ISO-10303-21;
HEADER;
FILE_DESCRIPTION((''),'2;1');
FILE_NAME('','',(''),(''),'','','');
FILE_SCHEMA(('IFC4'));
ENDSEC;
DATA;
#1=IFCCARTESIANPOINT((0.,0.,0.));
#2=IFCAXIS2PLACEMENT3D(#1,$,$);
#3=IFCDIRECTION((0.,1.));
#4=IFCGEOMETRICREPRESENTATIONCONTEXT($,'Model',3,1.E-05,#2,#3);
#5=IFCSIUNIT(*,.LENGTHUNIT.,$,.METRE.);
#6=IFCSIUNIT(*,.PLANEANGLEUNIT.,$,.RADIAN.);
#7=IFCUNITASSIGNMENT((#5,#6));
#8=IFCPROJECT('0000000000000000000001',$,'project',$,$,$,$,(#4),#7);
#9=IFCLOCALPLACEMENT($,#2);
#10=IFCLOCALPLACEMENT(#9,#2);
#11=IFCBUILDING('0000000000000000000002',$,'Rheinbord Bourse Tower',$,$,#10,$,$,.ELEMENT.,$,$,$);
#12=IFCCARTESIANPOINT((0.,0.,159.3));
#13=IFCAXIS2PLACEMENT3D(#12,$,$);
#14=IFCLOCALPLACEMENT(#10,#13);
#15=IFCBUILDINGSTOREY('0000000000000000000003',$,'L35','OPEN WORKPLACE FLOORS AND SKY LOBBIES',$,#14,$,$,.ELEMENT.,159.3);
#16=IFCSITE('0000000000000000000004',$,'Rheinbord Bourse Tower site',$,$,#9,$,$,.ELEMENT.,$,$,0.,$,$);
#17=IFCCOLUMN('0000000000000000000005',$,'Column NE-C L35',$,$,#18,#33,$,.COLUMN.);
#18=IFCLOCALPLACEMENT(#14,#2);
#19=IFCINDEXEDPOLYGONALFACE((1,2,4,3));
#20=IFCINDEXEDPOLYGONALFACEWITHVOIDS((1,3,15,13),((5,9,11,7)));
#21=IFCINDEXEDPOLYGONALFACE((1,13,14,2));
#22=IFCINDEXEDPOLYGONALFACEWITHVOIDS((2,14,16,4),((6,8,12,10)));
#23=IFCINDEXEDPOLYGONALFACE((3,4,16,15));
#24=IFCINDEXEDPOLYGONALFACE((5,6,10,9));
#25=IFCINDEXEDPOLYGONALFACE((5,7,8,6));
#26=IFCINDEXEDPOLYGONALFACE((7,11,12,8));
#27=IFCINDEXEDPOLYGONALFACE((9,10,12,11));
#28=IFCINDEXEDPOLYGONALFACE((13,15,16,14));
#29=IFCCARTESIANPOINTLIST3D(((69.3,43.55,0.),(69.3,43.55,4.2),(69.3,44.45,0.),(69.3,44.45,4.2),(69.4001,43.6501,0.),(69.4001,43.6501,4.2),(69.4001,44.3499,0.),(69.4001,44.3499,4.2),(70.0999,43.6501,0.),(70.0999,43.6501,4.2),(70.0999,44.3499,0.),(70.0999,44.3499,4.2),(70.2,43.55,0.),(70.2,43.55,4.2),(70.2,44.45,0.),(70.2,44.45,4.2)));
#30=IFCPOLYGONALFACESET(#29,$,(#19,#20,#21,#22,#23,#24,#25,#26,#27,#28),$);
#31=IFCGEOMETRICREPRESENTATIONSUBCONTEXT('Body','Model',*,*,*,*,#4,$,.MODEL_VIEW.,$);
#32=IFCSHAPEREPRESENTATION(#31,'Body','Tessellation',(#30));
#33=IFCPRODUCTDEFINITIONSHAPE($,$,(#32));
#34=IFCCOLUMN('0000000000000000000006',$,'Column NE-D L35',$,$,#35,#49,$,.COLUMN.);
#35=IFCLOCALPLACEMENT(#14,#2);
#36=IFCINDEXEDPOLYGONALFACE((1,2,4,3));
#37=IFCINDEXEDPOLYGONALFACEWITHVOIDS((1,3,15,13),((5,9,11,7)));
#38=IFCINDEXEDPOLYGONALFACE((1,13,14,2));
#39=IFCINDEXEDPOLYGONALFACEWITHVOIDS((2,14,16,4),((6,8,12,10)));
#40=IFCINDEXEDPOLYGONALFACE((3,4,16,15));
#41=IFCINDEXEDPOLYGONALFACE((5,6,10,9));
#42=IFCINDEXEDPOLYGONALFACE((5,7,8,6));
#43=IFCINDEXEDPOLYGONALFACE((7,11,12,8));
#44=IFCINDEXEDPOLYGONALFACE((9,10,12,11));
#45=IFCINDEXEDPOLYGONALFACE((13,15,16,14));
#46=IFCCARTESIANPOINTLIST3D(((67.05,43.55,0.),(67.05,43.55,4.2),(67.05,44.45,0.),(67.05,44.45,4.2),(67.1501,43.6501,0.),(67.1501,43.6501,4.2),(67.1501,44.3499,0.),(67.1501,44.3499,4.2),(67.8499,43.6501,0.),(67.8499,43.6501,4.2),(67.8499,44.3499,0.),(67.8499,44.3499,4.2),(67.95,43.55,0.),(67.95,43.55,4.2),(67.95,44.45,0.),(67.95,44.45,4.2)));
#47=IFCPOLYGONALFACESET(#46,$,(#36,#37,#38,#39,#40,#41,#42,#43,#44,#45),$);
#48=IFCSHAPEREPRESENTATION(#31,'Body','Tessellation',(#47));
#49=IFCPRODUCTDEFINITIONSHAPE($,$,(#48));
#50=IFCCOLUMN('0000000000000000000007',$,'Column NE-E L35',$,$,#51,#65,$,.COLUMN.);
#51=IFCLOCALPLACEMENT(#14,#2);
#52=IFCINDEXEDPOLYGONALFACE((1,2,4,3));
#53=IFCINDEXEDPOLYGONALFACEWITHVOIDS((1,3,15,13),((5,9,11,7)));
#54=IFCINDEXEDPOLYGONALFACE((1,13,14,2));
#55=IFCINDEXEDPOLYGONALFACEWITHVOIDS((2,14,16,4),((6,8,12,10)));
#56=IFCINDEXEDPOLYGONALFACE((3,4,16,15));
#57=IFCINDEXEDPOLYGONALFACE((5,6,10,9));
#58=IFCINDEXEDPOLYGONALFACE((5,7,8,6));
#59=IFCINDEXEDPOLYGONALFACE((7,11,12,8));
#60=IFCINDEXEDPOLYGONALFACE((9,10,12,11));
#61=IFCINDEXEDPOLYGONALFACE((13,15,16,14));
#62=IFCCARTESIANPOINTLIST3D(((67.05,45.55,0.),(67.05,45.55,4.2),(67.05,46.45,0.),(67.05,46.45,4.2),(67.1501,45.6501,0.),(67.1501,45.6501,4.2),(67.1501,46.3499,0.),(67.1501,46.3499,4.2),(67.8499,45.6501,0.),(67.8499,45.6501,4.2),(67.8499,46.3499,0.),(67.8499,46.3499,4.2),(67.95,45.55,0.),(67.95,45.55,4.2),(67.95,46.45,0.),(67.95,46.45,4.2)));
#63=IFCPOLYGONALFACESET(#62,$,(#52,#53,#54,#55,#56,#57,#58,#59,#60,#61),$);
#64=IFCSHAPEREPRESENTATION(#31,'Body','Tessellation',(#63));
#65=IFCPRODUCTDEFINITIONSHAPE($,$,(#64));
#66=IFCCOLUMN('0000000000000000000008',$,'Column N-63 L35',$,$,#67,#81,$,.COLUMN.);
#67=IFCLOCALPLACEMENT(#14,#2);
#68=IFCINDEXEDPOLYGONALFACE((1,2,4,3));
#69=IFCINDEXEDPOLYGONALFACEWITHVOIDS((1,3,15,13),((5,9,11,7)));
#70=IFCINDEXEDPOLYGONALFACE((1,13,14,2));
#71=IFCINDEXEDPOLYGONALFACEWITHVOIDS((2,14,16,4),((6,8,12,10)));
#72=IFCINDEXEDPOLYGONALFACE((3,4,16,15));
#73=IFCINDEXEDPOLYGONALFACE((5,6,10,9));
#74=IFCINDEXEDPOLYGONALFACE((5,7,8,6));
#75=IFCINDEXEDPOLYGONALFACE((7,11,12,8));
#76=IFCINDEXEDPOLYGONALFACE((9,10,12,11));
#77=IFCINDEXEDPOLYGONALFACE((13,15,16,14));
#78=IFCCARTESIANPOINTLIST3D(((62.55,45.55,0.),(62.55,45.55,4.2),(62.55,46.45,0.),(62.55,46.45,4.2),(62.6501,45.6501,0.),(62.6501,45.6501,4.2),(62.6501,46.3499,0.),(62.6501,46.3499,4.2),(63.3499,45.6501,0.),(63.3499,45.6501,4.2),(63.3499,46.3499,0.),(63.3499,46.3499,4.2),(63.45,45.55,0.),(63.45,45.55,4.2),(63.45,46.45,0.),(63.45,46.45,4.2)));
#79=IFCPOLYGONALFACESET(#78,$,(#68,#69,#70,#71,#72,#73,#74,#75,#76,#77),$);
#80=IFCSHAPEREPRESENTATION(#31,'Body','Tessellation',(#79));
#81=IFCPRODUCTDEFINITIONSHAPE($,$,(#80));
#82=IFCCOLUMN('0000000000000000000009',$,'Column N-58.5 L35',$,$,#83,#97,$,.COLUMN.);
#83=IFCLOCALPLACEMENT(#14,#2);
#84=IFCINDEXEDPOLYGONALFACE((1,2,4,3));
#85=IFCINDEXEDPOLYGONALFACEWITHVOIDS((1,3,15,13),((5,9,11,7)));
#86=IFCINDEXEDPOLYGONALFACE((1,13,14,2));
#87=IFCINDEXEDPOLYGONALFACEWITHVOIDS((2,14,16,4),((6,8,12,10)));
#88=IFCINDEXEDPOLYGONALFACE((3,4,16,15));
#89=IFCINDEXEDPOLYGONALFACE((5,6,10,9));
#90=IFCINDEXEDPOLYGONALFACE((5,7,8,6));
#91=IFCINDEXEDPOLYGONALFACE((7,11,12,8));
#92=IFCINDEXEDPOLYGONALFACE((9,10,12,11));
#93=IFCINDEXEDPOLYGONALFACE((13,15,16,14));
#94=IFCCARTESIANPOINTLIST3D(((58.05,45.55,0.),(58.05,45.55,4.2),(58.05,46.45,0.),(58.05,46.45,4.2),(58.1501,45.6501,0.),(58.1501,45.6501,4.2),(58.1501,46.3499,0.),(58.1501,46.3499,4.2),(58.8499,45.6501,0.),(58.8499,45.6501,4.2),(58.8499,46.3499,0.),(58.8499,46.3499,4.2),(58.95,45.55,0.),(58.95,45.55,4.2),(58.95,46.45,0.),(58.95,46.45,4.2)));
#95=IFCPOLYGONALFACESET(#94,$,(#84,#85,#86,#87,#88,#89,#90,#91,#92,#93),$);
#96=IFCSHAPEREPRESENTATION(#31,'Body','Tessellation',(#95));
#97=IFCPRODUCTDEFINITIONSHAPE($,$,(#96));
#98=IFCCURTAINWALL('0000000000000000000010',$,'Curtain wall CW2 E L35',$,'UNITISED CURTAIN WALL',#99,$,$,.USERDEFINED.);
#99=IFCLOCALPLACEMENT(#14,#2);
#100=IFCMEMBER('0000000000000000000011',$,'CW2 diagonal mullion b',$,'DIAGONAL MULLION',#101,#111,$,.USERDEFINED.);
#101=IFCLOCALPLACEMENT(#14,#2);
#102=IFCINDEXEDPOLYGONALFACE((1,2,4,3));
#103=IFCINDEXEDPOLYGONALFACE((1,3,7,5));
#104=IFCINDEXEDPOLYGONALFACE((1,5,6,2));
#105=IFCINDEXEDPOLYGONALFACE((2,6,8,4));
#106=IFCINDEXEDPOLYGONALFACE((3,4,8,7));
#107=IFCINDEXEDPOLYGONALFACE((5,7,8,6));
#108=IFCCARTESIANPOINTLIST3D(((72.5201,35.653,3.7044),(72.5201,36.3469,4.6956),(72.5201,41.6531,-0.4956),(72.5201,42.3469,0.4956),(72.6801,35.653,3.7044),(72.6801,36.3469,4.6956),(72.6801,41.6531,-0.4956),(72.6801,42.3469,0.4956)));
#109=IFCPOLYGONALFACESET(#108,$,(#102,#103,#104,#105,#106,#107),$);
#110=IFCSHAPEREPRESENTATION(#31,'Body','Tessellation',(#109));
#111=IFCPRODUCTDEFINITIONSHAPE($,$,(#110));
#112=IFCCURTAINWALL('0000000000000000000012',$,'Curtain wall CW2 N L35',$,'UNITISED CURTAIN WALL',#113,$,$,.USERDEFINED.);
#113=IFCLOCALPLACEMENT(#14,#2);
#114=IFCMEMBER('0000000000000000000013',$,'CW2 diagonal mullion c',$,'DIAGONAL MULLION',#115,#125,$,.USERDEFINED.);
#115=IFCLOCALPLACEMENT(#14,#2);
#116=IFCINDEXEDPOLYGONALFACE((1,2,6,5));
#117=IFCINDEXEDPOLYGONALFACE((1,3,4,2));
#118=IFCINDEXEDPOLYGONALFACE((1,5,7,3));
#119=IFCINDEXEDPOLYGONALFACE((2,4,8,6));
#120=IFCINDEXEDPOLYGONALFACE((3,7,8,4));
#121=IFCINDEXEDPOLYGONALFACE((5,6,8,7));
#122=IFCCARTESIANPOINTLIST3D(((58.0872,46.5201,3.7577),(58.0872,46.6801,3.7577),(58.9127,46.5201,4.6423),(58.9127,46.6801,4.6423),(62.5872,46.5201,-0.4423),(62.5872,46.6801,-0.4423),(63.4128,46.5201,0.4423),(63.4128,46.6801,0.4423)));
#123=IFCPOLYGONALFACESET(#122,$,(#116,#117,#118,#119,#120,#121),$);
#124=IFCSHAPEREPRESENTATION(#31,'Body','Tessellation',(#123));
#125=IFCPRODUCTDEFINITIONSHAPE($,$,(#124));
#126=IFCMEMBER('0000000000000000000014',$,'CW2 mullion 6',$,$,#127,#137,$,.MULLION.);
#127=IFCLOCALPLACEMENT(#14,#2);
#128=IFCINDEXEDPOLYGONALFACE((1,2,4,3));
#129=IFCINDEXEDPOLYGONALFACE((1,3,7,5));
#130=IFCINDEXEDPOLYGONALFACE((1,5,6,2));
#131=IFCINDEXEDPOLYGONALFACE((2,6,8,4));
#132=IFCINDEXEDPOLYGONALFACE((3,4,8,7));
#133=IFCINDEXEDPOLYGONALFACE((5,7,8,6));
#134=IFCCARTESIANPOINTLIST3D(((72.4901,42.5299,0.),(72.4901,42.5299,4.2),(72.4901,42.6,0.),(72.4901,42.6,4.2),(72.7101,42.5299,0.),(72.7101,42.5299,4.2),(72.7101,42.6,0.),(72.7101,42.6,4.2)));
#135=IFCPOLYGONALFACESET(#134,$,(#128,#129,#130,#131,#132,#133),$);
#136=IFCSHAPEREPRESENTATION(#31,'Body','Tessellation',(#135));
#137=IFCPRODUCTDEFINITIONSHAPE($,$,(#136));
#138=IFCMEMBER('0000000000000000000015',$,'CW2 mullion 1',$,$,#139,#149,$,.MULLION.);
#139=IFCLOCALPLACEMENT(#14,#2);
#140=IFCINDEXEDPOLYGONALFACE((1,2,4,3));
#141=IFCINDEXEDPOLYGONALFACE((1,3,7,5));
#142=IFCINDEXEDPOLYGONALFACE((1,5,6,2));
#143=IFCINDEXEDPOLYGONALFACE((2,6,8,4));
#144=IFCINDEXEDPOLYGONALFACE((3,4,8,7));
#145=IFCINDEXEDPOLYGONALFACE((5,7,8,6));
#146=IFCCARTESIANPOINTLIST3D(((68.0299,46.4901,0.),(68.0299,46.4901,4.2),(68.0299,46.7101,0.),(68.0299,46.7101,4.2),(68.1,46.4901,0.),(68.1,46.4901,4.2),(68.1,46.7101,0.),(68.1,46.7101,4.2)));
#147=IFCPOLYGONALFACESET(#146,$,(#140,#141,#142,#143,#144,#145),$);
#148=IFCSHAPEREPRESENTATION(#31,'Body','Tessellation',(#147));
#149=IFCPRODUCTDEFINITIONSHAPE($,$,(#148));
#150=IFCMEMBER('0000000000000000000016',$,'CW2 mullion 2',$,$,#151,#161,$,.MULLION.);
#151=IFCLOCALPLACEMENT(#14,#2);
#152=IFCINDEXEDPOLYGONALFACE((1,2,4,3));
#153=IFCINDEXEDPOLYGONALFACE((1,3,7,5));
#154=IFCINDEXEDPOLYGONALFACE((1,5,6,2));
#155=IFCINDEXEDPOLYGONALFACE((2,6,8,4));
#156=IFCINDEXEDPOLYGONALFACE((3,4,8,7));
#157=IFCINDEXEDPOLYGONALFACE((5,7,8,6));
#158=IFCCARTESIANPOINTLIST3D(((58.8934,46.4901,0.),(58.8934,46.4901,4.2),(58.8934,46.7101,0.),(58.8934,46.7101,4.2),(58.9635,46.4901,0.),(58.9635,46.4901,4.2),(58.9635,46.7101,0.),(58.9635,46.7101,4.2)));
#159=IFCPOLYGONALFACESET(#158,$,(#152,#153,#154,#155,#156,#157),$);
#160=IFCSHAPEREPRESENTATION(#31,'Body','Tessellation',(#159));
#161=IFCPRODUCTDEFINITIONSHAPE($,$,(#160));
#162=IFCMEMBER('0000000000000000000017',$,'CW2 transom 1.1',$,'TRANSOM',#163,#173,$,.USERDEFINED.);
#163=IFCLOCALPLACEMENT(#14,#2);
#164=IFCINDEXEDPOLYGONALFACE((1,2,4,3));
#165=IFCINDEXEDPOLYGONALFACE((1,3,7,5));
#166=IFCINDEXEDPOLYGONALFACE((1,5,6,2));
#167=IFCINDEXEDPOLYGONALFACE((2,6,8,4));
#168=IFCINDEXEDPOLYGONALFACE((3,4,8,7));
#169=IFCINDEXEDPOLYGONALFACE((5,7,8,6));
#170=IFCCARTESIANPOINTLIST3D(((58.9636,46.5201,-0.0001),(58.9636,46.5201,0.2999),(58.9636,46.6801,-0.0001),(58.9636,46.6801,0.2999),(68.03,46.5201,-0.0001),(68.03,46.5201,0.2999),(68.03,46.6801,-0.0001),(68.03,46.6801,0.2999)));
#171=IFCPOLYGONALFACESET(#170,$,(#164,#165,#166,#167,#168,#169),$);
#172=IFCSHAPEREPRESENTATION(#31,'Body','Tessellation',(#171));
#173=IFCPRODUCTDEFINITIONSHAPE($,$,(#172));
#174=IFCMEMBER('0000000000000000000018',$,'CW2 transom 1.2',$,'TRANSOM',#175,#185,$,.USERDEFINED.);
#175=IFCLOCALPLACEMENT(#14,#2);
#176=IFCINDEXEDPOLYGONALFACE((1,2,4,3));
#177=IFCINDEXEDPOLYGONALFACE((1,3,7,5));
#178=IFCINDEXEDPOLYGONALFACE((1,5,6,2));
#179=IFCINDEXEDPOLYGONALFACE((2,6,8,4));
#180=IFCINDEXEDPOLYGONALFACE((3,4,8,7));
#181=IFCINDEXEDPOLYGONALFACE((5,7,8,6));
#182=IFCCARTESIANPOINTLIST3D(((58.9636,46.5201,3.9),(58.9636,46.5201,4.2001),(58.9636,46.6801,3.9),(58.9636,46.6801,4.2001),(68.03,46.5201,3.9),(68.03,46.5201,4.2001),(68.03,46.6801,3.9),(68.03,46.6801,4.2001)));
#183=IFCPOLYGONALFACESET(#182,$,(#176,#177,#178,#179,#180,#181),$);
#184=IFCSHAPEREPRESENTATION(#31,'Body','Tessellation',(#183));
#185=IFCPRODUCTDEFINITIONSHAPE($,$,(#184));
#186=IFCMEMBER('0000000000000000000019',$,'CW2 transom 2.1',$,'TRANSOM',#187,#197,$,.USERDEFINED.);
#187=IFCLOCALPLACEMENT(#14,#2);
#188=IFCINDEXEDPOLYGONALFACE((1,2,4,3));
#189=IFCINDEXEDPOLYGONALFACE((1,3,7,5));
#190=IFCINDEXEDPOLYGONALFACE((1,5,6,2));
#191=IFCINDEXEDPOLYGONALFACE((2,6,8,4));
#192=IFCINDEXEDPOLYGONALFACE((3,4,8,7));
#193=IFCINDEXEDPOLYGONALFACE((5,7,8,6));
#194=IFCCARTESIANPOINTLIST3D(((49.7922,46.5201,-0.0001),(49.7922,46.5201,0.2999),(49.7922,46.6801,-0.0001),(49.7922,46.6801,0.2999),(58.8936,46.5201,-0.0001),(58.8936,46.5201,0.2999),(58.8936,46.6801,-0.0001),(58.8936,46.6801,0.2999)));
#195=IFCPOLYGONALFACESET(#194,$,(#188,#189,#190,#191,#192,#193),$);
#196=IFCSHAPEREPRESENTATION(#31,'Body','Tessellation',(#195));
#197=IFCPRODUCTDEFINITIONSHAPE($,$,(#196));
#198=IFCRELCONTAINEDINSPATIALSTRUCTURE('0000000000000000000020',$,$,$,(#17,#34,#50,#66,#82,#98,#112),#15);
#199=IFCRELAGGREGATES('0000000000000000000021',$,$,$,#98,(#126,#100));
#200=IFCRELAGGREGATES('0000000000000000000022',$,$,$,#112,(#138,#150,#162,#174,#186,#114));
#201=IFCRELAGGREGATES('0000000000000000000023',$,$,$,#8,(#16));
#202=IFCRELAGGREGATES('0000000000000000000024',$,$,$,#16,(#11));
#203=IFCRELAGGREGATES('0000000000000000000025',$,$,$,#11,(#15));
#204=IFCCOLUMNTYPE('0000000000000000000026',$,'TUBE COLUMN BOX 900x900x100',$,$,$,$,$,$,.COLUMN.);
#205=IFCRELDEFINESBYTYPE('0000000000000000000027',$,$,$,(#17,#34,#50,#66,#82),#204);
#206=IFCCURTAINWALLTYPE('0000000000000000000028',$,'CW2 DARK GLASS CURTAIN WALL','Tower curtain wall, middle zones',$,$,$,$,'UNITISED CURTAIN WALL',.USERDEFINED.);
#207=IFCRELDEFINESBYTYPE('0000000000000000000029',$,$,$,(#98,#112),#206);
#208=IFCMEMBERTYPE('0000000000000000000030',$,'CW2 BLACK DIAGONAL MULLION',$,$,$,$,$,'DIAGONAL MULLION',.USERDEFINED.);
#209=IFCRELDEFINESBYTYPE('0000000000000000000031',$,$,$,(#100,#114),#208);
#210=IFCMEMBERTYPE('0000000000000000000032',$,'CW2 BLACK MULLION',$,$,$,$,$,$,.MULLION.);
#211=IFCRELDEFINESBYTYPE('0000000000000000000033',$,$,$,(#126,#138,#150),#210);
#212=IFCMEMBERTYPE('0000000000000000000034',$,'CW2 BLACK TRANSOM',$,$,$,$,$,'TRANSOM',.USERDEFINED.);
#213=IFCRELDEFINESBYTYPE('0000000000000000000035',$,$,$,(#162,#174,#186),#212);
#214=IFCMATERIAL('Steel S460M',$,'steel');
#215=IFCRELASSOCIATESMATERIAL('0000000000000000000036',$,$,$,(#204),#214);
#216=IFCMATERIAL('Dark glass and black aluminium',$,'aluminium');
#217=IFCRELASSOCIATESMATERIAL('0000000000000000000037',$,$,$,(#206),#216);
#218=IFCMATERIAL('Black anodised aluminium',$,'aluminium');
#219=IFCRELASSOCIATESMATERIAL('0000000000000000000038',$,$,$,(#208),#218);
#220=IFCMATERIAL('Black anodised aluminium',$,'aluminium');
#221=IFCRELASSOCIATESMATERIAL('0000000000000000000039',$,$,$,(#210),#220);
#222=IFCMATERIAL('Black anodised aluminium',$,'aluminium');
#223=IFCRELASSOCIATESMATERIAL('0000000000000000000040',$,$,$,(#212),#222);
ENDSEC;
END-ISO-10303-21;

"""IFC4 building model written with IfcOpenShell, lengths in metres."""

from ifc_helpers import new_model, si_unit, direction, frame, origin, origin_2d, place, context, subcontext, project, spatial, rectangle, hollow_rectangle, extrude, material, material_profile, profile_set, type_object, element, aggregate, save


model = new_model("IFC4")

# Units and contexts
model_context = context("Model", 3, precision=1e-05, world=origin(), true_north=direction((0.0, 1.0)))
body_context = subcontext(model_context, "Body", "Model", "MODEL_VIEW")
ifc_project = project(units=[si_unit("LENGTHUNIT", "METRE"), si_unit("PLANEANGLEUNIT", "RADIAN")], contexts=[model_context])

# Site, building, storey
site_placement = place(None, origin())
site = spatial("IfcSite", under=ifc_project, at=site_placement, Name="Rheinbord Bourse Tower site", CompositionType="ELEMENT", RefElevation=0.0)
building_placement = place(site_placement, origin())
building = spatial("IfcBuilding", under=site, at=building_placement, Name="Rheinbord Bourse Tower", CompositionType="ELEMENT")
storey_placement = place(building_placement, frame((0.0, 0.0, 159.3)))
storey = spatial("IfcBuildingStorey", under=building, at=storey_placement, Name="L35", Description="OPEN WORKPLACE FLOORS AND SKY LOBBIES", CompositionType="ELEMENT", Elevation=159.3)

# Columns
ifc_material_1 = material(Name="Steel S460M", Category="steel")
ifc_material_profile_1 = material_profile(ifc_material_1, hollow_rectangle(XDim=0.8999, YDim=0.8999, WallThickness=0.1001, at=origin_2d()), Name="BOX 900x900x100")
ifc_profile_set_1 = profile_set([ifc_material_profile_1], Name="Steel S460M")
column_type = type_object("IfcColumnType", Name="TUBE COLUMN BOX 900x900x100", PredefinedType="COLUMN", material=ifc_profile_set_1)
for number, where, z_axis, x_axis, name in (
    (1, (69.75, 44.0, 0.0), (0.0, 0.0, 1.0), (1.0, 0.0, 0.0), "Column NE-C L35"),
    (2, (67.5, 44.0, 0.0), (0.0, 0.0, 1.0), (0.0, 1.0, 0.0), "Column NE-D L35"),
    (3, (67.5, 46.0, 0.0), (0.0, 0.0, 1.0), (0.0, 1.0, 0.0), "Column NE-E L35"),
    (4, (63.0, 46.0, 0.0), (0.0, 0.0, 1.0), (0.0, 1.0, 0.0), "Column N-63 L35"),
    (5, (58.5, 46.0, 0.0), (0.0, 0.0, 1.0), (0.0, 1.0, 0.0), "Column N-58.5 L35"),
):
    element("IfcColumn", number, at=place(storey_placement, frame(where, z_axis=z_axis, x_axis=x_axis)), inside=storey, type_object=column_type, Name=name, PredefinedType="COLUMN", context=body_context, shape_type="SweptSolid", body=[
        extrude(hollow_rectangle(XDim=0.8999, YDim=0.8999, WallThickness=0.1001, at=origin_2d()), origin(), (0.0, 0.0, 1.0), 4.2),
    ])

# Curtain walls, members
ifc_material_2 = material(Name="Dark glass and black aluminium", Category="aluminium")
curtain_wall_type = type_object("IfcCurtainWallType", Name="CW2 DARK GLASS CURTAIN WALL", Description="Tower curtain wall, middle zones", ElementType="UNITISED CURTAIN WALL", PredefinedType="USERDEFINED", material=ifc_material_2)
curtain_wall_1_placement = place(storey_placement, origin())
curtain_wall_1 = element("IfcCurtainWall", 6, at=curtain_wall_1_placement, inside=storey, type_object=curtain_wall_type, Name="Curtain wall CW2 E L35", ObjectType="UNITISED CURTAIN WALL", PredefinedType="USERDEFINED")
ifc_material_3 = material(Name="Black anodised aluminium", Category="aluminium")
ifc_material_profile_2 = material_profile(ifc_material_3, rectangle(XDim=0.1599, YDim=1.21, at=origin_2d()), Name="CW2 DIAGONAL MULLION 1210x160")
ifc_profile_set_2 = profile_set([ifc_material_profile_2], Name="Black anodised aluminium")
member_type_1 = type_object("IfcMemberType", Name="CW2 BLACK DIAGONAL MULLION", ElementType="DIAGONAL MULLION", PredefinedType="USERDEFINED", material=ifc_profile_set_2)
member_1_placement = place(storey_placement, frame((72.6001, 42.0, 0.0), z_axis=(0.0, -0.819235, 0.573458), x_axis=(1.0, 0.0, 0.0)))
member_1 = element("IfcMember", 7, at=member_1_placement, type_object=member_type_1, Name="CW2 diagonal mullion b", ObjectType="DIAGONAL MULLION", PredefinedType="USERDEFINED", context=body_context, shape_type="SweptSolid", body=[
    extrude(rectangle(XDim=0.1599, YDim=1.21, at=origin_2d()), origin(), (0.0, 0.0, 1.0), 7.324),
])
curtain_wall_2_placement = place(storey_placement, origin())
curtain_wall_2 = element("IfcCurtainWall", 8, at=curtain_wall_2_placement, inside=storey, type_object=curtain_wall_type, Name="Curtain wall CW2 N L35", ObjectType="UNITISED CURTAIN WALL", PredefinedType="USERDEFINED")
member_2_placement = place(storey_placement, frame((63.0, 46.6001, 0.0), z_axis=(-0.731059, 0.0, 0.682314), x_axis=(0.0, -1.0, 0.0)))
member_2 = element("IfcMember", 9, at=member_2_placement, type_object=member_type_1, Name="CW2 diagonal mullion c", ObjectType="DIAGONAL MULLION", PredefinedType="USERDEFINED", context=body_context, shape_type="SweptSolid", body=[
    extrude(rectangle(XDim=0.1599, YDim=1.21, at=origin_2d()), origin(), (0.0, 0.0, 1.0), 6.1555),
])

# Members
ifc_material_4 = material(Name="Black anodised aluminium", Category="aluminium")
ifc_material_profile_3 = material_profile(ifc_material_4, rectangle(XDim=0.22, YDim=0.0701, at=origin_2d()), Name="CW2 MULLION 70x220")
ifc_profile_set_3 = profile_set([ifc_material_profile_3], Name="Black anodised aluminium")
member_type_2 = type_object("IfcMemberType", Name="CW2 BLACK MULLION", PredefinedType="MULLION", material=ifc_profile_set_3)
member_3_placement = place(storey_placement, frame((72.6001, 42.5649, 0.0), z_axis=(0.0, 0.0, 1.0), x_axis=(-1.0, 0.0, 0.0)))
member_3 = element("IfcMember", 10, at=member_3_placement, type_object=member_type_2, Name="CW2 mullion 6", PredefinedType="MULLION", context=body_context, shape_type="SweptSolid", body=[
    extrude(rectangle(XDim=0.22, YDim=0.0701, at=origin_2d()), origin(), (0.0, 0.0, 1.0), 4.2),
])
member_4_placement = place(storey_placement, frame((68.0649, 46.6001, 0.0), z_axis=(0.0, 0.0, 1.0), x_axis=(0.0, -1.0, 0.0)))
member_4 = element("IfcMember", 11, at=member_4_placement, type_object=member_type_2, Name="CW2 mullion 1", PredefinedType="MULLION", context=body_context, shape_type="SweptSolid", body=[
    extrude(rectangle(XDim=0.22, YDim=0.0701, at=origin_2d()), origin(), (0.0, 0.0, 1.0), 4.2),
])
member_5_placement = place(storey_placement, frame((58.9285, 46.6001, 0.0), z_axis=(0.0, 0.0, 1.0), x_axis=(0.0, -1.0, 0.0)))
member_5 = element("IfcMember", 12, at=member_5_placement, type_object=member_type_2, Name="CW2 mullion 2", PredefinedType="MULLION", context=body_context, shape_type="SweptSolid", body=[
    extrude(rectangle(XDim=0.22, YDim=0.0701, at=origin_2d()), origin(), (0.0, 0.0, 1.0), 4.2),
])
ifc_material_5 = material(Name="Black anodised aluminium", Category="aluminium")
ifc_material_profile_4 = material_profile(ifc_material_5, rectangle(XDim=0.1599, YDim=0.3, at=origin_2d()), Name="CW2 TRANSOM 300x160")
ifc_profile_set_4 = profile_set([ifc_material_profile_4], Name="Black anodised aluminium")
member_type_3 = type_object("IfcMemberType", Name="CW2 BLACK TRANSOM", ElementType="TRANSOM", PredefinedType="USERDEFINED", material=ifc_profile_set_4)
member_6_placement = place(storey_placement, frame((68.03, 46.6001, 0.1499), z_axis=(-1.0, 0.0, 0.0), x_axis=(0.0, -1.0, 0.0)))
member_6 = element("IfcMember", 13, at=member_6_placement, type_object=member_type_3, Name="CW2 transom 1.1", ObjectType="TRANSOM", PredefinedType="USERDEFINED", context=body_context, shape_type="SweptSolid", body=[
    extrude(rectangle(XDim=0.1599, YDim=0.3, at=origin_2d()), origin(), (0.0, 0.0, 1.0), 9.0664),
])
member_7_placement = place(storey_placement, frame((68.03, 46.6001, 4.05), z_axis=(-1.0, 0.0, 0.0), x_axis=(0.0, -1.0, 0.0)))
member_7 = element("IfcMember", 14, at=member_7_placement, type_object=member_type_3, Name="CW2 transom 1.2", ObjectType="TRANSOM", PredefinedType="USERDEFINED", context=body_context, shape_type="SweptSolid", body=[
    extrude(rectangle(XDim=0.1599, YDim=0.3, at=origin_2d()), origin(), (0.0, 0.0, 1.0), 9.0664),
])
member_8_placement = place(storey_placement, frame((58.8936, 46.6001, 0.1499), z_axis=(-1.0, 0.0, 0.0), x_axis=(0.0, -1.0, 0.0)))
member_8 = element("IfcMember", 15, at=member_8_placement, type_object=member_type_3, Name="CW2 transom 2.1", ObjectType="TRANSOM", PredefinedType="USERDEFINED", context=body_context, shape_type="SweptSolid", body=[
    extrude(rectangle(XDim=0.1599, YDim=0.3, at=origin_2d()), origin(), (0.0, 0.0, 1.0), 9.1013),
])

aggregate(curtain_wall_1, [member_3, member_1])
aggregate(curtain_wall_2, [member_4, member_5, member_6, member_7, member_8, member_2])

save(model, "model.ifc")
